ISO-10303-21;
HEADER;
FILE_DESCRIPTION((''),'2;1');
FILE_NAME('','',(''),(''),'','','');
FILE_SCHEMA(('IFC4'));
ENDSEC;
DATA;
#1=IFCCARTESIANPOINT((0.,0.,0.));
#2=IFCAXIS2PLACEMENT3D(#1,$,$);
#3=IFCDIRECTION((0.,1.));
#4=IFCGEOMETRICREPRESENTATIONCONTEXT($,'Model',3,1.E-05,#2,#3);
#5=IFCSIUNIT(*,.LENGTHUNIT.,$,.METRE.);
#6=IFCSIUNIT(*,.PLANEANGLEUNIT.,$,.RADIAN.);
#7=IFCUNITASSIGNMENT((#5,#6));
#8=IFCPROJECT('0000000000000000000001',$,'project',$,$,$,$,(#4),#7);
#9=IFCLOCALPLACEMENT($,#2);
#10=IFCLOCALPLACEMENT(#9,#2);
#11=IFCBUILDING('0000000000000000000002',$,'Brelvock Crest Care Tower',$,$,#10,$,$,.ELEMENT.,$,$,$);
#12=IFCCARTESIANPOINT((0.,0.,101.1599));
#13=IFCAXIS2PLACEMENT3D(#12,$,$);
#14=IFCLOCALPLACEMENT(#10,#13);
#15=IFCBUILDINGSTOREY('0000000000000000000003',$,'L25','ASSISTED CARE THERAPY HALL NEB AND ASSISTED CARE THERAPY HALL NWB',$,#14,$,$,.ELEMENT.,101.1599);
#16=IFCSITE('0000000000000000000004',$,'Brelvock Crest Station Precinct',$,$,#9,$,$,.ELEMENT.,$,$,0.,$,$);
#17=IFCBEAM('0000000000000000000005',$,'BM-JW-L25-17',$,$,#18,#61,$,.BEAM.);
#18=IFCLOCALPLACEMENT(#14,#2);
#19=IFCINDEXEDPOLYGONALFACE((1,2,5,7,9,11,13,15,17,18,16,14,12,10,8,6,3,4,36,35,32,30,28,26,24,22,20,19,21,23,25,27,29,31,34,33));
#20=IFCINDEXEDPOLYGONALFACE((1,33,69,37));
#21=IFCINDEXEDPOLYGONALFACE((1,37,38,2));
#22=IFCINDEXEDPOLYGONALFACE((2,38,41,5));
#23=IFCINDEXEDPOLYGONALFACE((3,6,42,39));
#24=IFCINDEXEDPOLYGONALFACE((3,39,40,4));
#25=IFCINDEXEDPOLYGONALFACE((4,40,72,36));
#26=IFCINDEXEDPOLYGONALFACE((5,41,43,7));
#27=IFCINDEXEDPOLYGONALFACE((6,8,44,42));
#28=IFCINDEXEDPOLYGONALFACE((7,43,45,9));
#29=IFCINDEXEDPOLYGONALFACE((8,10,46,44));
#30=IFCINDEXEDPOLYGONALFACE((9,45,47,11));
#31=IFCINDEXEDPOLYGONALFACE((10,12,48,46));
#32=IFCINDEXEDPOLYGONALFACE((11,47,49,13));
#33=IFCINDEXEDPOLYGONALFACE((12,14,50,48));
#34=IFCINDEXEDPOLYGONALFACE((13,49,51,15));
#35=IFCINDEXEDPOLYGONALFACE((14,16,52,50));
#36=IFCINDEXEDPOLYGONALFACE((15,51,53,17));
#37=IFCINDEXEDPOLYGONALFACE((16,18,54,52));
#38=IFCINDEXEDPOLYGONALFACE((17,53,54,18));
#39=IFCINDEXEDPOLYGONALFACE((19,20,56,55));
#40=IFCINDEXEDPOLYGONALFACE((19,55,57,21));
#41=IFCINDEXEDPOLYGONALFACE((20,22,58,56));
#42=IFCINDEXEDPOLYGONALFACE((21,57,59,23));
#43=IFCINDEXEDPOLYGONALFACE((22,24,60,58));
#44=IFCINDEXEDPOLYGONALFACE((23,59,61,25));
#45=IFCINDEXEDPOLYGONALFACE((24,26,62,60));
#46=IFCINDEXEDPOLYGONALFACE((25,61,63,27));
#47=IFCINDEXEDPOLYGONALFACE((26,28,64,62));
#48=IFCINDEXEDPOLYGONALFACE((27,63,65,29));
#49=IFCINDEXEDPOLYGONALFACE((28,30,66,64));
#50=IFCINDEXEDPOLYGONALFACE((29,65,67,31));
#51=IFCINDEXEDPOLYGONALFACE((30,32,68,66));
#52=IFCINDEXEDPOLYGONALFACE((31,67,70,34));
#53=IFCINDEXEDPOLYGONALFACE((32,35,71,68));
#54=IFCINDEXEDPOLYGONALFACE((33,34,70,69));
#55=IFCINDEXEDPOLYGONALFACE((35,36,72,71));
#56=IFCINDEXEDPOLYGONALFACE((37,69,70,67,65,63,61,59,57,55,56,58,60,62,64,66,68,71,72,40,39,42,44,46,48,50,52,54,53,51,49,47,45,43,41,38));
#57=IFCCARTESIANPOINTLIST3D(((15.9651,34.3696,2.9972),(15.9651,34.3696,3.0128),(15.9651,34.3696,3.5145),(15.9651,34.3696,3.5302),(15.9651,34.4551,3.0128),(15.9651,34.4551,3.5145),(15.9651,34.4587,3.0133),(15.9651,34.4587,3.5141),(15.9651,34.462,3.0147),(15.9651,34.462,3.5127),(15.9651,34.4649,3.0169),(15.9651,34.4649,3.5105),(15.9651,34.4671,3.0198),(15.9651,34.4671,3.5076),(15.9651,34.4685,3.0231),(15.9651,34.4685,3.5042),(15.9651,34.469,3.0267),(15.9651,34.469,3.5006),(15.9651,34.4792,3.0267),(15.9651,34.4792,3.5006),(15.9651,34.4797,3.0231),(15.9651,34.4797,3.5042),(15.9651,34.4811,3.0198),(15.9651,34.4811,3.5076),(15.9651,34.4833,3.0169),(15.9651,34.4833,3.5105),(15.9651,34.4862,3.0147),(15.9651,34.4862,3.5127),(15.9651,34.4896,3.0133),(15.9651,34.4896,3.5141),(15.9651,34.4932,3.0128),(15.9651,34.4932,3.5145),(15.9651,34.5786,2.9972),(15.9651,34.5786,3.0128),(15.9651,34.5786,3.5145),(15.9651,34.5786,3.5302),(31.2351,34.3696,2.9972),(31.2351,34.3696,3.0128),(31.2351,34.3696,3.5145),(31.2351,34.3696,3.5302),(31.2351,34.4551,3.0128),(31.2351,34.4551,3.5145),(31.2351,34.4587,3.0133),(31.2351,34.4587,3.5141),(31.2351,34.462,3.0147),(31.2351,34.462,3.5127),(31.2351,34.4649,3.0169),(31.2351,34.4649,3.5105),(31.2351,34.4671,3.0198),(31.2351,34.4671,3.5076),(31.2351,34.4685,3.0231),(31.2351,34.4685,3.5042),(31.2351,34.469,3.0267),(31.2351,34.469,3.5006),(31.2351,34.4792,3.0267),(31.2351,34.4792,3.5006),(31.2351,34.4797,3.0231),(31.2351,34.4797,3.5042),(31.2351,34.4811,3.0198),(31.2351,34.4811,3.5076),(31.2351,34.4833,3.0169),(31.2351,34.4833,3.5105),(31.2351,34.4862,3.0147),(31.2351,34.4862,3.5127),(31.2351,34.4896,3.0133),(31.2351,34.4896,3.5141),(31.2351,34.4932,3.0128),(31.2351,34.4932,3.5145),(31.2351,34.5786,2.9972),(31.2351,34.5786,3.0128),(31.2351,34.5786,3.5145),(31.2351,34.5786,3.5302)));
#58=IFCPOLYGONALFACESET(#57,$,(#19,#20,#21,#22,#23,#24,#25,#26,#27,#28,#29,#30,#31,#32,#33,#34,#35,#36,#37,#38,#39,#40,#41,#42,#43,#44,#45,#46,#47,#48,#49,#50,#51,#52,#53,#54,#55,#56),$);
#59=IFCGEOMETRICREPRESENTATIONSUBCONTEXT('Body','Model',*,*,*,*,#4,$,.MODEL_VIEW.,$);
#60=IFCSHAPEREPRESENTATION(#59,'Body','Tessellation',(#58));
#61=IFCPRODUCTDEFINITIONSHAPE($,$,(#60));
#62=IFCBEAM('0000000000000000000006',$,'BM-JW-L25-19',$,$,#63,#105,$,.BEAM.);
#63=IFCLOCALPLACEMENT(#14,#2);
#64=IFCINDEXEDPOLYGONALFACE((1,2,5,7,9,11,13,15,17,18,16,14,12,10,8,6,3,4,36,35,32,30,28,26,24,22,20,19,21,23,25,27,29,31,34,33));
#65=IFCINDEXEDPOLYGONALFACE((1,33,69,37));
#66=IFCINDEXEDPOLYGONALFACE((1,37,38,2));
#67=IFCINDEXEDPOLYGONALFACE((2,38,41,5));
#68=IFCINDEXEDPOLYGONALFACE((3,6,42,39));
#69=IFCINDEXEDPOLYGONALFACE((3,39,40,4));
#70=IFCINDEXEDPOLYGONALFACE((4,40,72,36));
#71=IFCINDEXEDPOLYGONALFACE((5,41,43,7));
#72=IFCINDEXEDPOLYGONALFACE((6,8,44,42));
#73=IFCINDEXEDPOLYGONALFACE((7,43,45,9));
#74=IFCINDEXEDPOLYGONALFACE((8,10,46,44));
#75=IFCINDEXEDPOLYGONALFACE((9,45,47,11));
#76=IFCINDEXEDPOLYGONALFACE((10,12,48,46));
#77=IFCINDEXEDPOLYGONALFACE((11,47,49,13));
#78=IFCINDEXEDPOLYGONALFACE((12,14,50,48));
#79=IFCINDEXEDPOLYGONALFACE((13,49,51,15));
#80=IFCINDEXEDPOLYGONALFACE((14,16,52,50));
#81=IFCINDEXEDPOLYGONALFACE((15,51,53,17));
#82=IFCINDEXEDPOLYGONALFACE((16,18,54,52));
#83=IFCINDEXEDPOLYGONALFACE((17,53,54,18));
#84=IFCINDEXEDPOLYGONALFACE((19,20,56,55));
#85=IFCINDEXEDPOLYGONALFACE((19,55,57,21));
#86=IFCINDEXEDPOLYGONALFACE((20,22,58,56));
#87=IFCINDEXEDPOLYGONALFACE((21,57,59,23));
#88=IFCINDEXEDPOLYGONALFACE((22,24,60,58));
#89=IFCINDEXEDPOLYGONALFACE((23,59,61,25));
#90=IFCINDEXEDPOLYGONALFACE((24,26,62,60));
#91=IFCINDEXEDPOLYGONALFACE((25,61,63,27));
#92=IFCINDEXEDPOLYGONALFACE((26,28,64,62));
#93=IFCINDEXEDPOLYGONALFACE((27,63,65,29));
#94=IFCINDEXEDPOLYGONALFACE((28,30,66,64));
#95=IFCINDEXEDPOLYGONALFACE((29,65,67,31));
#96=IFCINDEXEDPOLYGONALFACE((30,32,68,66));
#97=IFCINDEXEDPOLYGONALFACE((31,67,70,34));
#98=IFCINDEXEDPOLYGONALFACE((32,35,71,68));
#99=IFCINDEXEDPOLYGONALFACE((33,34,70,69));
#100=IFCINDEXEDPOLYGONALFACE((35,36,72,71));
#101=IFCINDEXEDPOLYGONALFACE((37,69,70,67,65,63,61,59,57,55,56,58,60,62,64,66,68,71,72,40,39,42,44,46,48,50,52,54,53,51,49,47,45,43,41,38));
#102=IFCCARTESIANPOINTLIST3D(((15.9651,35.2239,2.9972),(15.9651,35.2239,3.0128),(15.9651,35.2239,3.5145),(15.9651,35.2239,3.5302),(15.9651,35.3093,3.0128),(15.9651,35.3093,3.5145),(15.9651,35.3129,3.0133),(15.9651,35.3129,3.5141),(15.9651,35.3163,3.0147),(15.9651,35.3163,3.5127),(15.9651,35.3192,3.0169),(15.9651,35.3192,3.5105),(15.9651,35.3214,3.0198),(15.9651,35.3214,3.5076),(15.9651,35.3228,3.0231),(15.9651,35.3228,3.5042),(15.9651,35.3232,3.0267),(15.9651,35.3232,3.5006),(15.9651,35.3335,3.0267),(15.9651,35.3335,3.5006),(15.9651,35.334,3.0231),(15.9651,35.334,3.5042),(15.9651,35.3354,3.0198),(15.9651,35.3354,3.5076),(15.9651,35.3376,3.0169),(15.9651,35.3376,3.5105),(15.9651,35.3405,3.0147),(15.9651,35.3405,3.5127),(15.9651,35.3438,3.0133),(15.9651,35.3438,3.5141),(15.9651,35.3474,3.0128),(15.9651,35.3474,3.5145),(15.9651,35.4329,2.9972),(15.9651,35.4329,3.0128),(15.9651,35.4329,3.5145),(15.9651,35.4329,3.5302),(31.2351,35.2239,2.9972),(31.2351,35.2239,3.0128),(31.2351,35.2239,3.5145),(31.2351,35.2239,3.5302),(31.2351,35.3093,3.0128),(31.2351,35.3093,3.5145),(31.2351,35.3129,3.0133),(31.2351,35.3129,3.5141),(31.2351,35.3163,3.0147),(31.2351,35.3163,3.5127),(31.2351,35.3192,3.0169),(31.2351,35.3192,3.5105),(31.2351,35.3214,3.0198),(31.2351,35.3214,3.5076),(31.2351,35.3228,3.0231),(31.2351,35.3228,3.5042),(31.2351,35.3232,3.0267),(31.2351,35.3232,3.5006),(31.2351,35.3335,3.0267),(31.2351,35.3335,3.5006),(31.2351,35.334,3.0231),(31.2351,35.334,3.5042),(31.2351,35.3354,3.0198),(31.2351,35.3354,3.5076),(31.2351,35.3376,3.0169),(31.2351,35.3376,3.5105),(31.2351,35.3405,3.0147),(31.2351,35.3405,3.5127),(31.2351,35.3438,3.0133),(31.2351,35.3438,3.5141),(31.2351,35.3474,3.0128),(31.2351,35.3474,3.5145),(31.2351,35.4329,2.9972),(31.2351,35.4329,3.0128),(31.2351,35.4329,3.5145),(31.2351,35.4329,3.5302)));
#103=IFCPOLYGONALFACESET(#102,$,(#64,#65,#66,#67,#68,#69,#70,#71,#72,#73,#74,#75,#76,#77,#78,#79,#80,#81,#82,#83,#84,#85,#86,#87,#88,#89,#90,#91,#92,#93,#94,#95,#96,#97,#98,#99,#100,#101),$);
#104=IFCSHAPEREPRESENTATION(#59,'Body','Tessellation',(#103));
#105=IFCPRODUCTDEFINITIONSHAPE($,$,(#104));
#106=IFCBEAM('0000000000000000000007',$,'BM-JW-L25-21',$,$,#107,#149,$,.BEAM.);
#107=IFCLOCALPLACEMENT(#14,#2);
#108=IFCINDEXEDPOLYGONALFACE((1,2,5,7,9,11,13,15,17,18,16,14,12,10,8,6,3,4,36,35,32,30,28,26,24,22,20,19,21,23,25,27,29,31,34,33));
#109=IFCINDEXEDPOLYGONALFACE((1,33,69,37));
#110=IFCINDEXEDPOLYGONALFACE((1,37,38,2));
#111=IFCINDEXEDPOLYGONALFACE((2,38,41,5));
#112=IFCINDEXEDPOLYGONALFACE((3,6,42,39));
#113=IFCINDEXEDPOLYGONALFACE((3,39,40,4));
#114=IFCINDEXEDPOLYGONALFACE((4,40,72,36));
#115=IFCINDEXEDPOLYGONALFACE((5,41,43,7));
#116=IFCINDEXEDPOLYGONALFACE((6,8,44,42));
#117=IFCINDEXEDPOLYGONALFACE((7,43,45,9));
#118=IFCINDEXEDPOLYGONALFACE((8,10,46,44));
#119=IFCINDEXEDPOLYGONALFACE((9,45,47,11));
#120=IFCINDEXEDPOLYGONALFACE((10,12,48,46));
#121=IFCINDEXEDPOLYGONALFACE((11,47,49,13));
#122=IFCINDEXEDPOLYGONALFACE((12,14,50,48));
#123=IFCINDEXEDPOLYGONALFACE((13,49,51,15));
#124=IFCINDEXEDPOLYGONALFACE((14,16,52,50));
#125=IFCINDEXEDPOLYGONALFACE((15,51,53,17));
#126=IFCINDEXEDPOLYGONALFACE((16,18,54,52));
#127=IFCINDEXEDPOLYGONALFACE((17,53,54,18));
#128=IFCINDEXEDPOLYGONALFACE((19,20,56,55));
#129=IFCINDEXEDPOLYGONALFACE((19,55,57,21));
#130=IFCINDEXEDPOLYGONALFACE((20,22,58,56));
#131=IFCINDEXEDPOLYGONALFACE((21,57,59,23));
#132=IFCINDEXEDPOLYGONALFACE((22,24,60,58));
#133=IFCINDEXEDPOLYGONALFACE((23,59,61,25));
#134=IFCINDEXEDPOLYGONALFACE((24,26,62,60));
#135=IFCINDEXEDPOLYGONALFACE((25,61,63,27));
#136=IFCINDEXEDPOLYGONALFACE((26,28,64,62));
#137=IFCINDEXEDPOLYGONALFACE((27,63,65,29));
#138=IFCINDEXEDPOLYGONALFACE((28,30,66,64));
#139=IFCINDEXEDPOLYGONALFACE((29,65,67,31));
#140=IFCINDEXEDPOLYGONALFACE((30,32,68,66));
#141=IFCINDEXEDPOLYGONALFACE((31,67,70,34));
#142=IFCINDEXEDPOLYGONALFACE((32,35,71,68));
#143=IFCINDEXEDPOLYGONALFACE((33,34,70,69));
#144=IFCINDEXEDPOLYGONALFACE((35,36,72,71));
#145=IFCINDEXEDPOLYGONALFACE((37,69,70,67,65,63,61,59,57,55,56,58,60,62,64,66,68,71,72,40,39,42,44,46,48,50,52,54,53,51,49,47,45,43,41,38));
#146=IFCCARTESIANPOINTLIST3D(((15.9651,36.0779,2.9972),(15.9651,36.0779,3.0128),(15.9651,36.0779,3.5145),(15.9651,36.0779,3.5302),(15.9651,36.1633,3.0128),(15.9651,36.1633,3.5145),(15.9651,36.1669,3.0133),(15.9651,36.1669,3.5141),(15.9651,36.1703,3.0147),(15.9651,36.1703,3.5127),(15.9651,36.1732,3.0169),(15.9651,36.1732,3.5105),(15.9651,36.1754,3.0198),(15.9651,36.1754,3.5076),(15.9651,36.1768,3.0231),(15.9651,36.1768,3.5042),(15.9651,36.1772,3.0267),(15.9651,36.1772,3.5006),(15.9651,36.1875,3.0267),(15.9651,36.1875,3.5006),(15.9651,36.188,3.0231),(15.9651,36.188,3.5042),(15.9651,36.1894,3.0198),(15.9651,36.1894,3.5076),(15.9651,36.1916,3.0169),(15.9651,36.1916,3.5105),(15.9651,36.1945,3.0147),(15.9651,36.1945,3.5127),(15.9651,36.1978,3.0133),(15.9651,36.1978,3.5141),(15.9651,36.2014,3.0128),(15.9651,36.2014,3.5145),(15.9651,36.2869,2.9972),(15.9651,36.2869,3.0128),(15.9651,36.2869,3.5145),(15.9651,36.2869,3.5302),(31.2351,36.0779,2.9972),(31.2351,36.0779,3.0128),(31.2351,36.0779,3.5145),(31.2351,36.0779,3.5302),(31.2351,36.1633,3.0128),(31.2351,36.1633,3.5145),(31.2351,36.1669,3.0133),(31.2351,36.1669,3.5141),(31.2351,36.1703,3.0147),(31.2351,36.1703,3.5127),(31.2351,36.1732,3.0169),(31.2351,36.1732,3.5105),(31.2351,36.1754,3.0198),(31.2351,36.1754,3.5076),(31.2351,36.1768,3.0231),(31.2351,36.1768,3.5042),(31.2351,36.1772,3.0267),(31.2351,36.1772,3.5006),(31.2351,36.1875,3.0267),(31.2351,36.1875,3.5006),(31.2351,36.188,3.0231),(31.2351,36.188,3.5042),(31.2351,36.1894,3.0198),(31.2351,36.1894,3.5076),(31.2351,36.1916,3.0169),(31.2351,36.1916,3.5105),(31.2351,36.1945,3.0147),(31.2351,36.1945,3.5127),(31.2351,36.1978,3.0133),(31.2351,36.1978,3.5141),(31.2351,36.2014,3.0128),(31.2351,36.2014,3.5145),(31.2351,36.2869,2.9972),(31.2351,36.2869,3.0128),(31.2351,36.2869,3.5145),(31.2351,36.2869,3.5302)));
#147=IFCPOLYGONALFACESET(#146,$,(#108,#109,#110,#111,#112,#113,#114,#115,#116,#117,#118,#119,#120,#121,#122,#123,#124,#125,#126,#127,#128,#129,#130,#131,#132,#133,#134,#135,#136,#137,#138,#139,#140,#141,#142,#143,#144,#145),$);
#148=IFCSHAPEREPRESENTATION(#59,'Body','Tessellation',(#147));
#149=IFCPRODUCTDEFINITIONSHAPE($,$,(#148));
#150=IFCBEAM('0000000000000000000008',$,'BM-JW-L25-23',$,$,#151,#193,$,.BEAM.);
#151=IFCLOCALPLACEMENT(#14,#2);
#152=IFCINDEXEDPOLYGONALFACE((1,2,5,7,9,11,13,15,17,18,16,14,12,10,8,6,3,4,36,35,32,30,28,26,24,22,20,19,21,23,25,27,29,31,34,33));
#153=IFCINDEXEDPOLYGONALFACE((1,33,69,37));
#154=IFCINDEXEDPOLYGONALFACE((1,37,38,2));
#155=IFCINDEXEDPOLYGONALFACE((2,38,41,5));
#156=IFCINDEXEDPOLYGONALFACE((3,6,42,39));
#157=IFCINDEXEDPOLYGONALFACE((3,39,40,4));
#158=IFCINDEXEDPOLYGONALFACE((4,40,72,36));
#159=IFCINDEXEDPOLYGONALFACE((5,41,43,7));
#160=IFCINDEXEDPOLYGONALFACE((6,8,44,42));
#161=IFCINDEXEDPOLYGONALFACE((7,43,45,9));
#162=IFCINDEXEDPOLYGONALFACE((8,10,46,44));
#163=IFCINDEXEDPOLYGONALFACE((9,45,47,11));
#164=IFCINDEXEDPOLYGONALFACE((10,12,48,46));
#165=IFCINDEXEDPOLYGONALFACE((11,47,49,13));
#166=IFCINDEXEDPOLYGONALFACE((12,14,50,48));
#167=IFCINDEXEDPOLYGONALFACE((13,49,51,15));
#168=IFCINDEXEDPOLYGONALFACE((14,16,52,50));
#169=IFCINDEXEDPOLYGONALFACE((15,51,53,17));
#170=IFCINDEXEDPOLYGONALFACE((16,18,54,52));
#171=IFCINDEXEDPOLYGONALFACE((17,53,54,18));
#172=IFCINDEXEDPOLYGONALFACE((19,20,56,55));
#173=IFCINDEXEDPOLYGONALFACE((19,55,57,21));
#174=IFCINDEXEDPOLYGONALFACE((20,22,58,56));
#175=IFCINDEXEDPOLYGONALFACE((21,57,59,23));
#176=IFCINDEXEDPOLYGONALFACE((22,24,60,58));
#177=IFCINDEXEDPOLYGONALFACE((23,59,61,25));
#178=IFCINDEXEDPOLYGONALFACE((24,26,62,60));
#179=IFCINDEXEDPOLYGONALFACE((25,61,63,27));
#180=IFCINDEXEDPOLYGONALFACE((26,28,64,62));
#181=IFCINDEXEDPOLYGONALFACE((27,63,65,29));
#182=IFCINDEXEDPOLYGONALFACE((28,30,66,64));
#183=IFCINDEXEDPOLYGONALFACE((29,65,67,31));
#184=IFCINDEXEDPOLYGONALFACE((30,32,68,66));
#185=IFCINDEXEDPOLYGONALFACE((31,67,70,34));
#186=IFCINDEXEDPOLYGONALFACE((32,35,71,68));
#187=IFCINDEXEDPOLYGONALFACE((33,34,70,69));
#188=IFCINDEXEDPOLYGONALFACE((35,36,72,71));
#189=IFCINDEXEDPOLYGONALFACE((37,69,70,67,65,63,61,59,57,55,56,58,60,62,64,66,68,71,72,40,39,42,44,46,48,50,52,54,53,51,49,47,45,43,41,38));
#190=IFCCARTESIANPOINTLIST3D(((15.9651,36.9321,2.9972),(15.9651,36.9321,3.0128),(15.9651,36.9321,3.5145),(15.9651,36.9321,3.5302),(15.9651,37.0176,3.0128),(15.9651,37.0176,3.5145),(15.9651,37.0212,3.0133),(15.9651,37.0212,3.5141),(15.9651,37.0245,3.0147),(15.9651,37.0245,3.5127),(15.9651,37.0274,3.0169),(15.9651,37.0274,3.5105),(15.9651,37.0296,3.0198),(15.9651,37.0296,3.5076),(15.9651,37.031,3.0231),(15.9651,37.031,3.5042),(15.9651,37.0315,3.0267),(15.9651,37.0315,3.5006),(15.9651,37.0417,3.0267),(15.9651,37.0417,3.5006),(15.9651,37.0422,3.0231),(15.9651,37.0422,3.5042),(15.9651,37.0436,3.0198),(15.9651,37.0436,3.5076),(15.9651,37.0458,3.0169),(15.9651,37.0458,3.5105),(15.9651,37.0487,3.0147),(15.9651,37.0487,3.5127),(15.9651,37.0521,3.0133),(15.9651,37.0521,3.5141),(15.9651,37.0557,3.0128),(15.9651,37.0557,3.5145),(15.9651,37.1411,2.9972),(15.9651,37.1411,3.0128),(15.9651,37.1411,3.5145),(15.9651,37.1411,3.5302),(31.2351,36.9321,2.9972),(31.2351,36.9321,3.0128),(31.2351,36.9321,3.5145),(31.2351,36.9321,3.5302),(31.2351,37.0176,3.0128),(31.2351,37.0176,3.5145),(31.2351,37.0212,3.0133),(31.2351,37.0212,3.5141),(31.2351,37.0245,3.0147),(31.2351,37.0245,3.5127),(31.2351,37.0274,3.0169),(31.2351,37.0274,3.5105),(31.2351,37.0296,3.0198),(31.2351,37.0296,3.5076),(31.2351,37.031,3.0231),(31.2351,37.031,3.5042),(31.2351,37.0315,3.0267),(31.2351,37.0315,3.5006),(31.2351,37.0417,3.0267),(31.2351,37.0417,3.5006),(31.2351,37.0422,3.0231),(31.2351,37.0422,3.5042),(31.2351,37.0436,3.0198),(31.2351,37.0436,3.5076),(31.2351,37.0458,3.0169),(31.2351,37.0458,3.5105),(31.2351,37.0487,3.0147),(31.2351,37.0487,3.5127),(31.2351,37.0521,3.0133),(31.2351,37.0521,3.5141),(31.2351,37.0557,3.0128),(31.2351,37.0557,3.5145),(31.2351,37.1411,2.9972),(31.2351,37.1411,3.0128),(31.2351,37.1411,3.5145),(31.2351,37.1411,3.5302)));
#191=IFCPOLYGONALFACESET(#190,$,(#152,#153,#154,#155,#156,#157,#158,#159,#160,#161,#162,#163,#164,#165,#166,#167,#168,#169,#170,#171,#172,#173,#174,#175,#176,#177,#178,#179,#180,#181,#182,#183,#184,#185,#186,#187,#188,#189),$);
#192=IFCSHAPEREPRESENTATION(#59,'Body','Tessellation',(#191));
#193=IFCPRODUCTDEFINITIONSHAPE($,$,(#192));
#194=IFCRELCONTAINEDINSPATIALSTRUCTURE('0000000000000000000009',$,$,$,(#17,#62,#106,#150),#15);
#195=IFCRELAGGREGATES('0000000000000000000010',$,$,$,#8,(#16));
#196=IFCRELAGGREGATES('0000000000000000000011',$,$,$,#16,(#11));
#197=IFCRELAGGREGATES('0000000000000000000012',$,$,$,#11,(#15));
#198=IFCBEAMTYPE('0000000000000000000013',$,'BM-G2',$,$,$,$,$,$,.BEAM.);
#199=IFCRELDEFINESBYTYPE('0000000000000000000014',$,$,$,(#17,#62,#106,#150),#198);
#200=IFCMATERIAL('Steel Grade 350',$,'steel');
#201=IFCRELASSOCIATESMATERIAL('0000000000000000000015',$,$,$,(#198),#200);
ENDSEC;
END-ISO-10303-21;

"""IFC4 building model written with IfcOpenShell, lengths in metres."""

from ifc_helpers import new_model, si_unit, direction, frame, origin, origin_2d, place, context, subcontext, project, spatial, i_section, extrude, source, transform, mapped, material, material_profile, profile_set, type_object, element, save


model = new_model("IFC4")

# Units and contexts
model_context = context("Model", 3, precision=1e-05, world=origin(), true_north=direction((0.0, 1.0)))
body_context = subcontext(model_context, "Body", "Model", "MODEL_VIEW")
ifc_project = project(units=[si_unit("LENGTHUNIT", "METRE"), si_unit("PLANEANGLEUNIT", "RADIAN")], contexts=[model_context])

# Site, building, storey
site_placement = place(None, origin())
site = spatial("IfcSite", under=ifc_project, at=site_placement, Name="Brelvock Crest Station Precinct", CompositionType="ELEMENT", RefElevation=0.0)
building_placement = place(site_placement, origin())
building = spatial("IfcBuilding", under=site, at=building_placement, Name="Brelvock Crest Care Tower", CompositionType="ELEMENT")
storey_placement = place(building_placement, frame((0.0, 0.0, 101.1599)))
storey = spatial("IfcBuildingStorey", under=building, at=storey_placement, Name="L25", Description="ASSISTED CARE THERAPY HALL NEB AND ASSISTED CARE THERAPY HALL NWB", CompositionType="ELEMENT", Elevation=101.1599)

# Shared definitions
ifc_material_1 = material(Name="Steel Grade 350", Category="steel")

# Beams
ifc_material_profile_1 = material_profile(ifc_material_1, i_section(OverallWidth=0.209, OverallDepth=0.533, WebThickness=0.0103, FlangeThickness=0.0156, FilletRadius=0.0139, at=origin_2d()), Name="530UB92.4")
ifc_profile_set_1 = profile_set([ifc_material_profile_1], Name="Steel Grade 350")
beam_type_1 = type_object("IfcBeamType", Name="BM-G2", PredefinedType="BEAM", material=ifc_profile_set_1)
shared_shape_1 = source(origin(), body_context, "Body", "SweptSolid", [
    extrude(i_section(OverallWidth=0.209, OverallDepth=0.533, WebThickness=0.0103, FlangeThickness=0.0156, FilletRadius=0.0139, at=origin_2d()), origin(), (0.0, 0.0, 1.0), 15.27),
])
for number, where, z_axis, x_axis, name in (
    (1, (15.9651, 34.4741, 3.2637), (1.0, 0.0, 0.0), (0.0, 1.0, 0.0), "BM-JW-L25-17"),
    (2, (15.9651, 35.3284, 3.2637), (1.0, 0.0, 0.0), (0.0, 1.0, 0.0), "BM-JW-L25-19"),
    (3, (15.9651, 36.1824, 3.2637), (1.0, 0.0, 0.0), (0.0, 1.0, 0.0), "BM-JW-L25-21"),
    (4, (15.9651, 37.0366, 3.2637), (1.0, 0.0, 0.0), (0.0, 1.0, 0.0), "BM-JW-L25-23"),
):
    element("IfcBeam", number, at=place(storey_placement, frame(where, z_axis=z_axis, x_axis=x_axis)), inside=storey, type_object=beam_type_1, Name=name, PredefinedType="BEAM", context=body_context, shape_type="MappedRepresentation", body=[
        mapped(shared_shape_1, transform((0.0, 0.0, 0.0), x_axis=(1.0, 0.0, 0.0), y_axis=(0.0, 1.0, 0.0), z_axis=(0.0, 0.0, 1.0), scale=1.0)),
    ])

save(model, "model.ifc")
